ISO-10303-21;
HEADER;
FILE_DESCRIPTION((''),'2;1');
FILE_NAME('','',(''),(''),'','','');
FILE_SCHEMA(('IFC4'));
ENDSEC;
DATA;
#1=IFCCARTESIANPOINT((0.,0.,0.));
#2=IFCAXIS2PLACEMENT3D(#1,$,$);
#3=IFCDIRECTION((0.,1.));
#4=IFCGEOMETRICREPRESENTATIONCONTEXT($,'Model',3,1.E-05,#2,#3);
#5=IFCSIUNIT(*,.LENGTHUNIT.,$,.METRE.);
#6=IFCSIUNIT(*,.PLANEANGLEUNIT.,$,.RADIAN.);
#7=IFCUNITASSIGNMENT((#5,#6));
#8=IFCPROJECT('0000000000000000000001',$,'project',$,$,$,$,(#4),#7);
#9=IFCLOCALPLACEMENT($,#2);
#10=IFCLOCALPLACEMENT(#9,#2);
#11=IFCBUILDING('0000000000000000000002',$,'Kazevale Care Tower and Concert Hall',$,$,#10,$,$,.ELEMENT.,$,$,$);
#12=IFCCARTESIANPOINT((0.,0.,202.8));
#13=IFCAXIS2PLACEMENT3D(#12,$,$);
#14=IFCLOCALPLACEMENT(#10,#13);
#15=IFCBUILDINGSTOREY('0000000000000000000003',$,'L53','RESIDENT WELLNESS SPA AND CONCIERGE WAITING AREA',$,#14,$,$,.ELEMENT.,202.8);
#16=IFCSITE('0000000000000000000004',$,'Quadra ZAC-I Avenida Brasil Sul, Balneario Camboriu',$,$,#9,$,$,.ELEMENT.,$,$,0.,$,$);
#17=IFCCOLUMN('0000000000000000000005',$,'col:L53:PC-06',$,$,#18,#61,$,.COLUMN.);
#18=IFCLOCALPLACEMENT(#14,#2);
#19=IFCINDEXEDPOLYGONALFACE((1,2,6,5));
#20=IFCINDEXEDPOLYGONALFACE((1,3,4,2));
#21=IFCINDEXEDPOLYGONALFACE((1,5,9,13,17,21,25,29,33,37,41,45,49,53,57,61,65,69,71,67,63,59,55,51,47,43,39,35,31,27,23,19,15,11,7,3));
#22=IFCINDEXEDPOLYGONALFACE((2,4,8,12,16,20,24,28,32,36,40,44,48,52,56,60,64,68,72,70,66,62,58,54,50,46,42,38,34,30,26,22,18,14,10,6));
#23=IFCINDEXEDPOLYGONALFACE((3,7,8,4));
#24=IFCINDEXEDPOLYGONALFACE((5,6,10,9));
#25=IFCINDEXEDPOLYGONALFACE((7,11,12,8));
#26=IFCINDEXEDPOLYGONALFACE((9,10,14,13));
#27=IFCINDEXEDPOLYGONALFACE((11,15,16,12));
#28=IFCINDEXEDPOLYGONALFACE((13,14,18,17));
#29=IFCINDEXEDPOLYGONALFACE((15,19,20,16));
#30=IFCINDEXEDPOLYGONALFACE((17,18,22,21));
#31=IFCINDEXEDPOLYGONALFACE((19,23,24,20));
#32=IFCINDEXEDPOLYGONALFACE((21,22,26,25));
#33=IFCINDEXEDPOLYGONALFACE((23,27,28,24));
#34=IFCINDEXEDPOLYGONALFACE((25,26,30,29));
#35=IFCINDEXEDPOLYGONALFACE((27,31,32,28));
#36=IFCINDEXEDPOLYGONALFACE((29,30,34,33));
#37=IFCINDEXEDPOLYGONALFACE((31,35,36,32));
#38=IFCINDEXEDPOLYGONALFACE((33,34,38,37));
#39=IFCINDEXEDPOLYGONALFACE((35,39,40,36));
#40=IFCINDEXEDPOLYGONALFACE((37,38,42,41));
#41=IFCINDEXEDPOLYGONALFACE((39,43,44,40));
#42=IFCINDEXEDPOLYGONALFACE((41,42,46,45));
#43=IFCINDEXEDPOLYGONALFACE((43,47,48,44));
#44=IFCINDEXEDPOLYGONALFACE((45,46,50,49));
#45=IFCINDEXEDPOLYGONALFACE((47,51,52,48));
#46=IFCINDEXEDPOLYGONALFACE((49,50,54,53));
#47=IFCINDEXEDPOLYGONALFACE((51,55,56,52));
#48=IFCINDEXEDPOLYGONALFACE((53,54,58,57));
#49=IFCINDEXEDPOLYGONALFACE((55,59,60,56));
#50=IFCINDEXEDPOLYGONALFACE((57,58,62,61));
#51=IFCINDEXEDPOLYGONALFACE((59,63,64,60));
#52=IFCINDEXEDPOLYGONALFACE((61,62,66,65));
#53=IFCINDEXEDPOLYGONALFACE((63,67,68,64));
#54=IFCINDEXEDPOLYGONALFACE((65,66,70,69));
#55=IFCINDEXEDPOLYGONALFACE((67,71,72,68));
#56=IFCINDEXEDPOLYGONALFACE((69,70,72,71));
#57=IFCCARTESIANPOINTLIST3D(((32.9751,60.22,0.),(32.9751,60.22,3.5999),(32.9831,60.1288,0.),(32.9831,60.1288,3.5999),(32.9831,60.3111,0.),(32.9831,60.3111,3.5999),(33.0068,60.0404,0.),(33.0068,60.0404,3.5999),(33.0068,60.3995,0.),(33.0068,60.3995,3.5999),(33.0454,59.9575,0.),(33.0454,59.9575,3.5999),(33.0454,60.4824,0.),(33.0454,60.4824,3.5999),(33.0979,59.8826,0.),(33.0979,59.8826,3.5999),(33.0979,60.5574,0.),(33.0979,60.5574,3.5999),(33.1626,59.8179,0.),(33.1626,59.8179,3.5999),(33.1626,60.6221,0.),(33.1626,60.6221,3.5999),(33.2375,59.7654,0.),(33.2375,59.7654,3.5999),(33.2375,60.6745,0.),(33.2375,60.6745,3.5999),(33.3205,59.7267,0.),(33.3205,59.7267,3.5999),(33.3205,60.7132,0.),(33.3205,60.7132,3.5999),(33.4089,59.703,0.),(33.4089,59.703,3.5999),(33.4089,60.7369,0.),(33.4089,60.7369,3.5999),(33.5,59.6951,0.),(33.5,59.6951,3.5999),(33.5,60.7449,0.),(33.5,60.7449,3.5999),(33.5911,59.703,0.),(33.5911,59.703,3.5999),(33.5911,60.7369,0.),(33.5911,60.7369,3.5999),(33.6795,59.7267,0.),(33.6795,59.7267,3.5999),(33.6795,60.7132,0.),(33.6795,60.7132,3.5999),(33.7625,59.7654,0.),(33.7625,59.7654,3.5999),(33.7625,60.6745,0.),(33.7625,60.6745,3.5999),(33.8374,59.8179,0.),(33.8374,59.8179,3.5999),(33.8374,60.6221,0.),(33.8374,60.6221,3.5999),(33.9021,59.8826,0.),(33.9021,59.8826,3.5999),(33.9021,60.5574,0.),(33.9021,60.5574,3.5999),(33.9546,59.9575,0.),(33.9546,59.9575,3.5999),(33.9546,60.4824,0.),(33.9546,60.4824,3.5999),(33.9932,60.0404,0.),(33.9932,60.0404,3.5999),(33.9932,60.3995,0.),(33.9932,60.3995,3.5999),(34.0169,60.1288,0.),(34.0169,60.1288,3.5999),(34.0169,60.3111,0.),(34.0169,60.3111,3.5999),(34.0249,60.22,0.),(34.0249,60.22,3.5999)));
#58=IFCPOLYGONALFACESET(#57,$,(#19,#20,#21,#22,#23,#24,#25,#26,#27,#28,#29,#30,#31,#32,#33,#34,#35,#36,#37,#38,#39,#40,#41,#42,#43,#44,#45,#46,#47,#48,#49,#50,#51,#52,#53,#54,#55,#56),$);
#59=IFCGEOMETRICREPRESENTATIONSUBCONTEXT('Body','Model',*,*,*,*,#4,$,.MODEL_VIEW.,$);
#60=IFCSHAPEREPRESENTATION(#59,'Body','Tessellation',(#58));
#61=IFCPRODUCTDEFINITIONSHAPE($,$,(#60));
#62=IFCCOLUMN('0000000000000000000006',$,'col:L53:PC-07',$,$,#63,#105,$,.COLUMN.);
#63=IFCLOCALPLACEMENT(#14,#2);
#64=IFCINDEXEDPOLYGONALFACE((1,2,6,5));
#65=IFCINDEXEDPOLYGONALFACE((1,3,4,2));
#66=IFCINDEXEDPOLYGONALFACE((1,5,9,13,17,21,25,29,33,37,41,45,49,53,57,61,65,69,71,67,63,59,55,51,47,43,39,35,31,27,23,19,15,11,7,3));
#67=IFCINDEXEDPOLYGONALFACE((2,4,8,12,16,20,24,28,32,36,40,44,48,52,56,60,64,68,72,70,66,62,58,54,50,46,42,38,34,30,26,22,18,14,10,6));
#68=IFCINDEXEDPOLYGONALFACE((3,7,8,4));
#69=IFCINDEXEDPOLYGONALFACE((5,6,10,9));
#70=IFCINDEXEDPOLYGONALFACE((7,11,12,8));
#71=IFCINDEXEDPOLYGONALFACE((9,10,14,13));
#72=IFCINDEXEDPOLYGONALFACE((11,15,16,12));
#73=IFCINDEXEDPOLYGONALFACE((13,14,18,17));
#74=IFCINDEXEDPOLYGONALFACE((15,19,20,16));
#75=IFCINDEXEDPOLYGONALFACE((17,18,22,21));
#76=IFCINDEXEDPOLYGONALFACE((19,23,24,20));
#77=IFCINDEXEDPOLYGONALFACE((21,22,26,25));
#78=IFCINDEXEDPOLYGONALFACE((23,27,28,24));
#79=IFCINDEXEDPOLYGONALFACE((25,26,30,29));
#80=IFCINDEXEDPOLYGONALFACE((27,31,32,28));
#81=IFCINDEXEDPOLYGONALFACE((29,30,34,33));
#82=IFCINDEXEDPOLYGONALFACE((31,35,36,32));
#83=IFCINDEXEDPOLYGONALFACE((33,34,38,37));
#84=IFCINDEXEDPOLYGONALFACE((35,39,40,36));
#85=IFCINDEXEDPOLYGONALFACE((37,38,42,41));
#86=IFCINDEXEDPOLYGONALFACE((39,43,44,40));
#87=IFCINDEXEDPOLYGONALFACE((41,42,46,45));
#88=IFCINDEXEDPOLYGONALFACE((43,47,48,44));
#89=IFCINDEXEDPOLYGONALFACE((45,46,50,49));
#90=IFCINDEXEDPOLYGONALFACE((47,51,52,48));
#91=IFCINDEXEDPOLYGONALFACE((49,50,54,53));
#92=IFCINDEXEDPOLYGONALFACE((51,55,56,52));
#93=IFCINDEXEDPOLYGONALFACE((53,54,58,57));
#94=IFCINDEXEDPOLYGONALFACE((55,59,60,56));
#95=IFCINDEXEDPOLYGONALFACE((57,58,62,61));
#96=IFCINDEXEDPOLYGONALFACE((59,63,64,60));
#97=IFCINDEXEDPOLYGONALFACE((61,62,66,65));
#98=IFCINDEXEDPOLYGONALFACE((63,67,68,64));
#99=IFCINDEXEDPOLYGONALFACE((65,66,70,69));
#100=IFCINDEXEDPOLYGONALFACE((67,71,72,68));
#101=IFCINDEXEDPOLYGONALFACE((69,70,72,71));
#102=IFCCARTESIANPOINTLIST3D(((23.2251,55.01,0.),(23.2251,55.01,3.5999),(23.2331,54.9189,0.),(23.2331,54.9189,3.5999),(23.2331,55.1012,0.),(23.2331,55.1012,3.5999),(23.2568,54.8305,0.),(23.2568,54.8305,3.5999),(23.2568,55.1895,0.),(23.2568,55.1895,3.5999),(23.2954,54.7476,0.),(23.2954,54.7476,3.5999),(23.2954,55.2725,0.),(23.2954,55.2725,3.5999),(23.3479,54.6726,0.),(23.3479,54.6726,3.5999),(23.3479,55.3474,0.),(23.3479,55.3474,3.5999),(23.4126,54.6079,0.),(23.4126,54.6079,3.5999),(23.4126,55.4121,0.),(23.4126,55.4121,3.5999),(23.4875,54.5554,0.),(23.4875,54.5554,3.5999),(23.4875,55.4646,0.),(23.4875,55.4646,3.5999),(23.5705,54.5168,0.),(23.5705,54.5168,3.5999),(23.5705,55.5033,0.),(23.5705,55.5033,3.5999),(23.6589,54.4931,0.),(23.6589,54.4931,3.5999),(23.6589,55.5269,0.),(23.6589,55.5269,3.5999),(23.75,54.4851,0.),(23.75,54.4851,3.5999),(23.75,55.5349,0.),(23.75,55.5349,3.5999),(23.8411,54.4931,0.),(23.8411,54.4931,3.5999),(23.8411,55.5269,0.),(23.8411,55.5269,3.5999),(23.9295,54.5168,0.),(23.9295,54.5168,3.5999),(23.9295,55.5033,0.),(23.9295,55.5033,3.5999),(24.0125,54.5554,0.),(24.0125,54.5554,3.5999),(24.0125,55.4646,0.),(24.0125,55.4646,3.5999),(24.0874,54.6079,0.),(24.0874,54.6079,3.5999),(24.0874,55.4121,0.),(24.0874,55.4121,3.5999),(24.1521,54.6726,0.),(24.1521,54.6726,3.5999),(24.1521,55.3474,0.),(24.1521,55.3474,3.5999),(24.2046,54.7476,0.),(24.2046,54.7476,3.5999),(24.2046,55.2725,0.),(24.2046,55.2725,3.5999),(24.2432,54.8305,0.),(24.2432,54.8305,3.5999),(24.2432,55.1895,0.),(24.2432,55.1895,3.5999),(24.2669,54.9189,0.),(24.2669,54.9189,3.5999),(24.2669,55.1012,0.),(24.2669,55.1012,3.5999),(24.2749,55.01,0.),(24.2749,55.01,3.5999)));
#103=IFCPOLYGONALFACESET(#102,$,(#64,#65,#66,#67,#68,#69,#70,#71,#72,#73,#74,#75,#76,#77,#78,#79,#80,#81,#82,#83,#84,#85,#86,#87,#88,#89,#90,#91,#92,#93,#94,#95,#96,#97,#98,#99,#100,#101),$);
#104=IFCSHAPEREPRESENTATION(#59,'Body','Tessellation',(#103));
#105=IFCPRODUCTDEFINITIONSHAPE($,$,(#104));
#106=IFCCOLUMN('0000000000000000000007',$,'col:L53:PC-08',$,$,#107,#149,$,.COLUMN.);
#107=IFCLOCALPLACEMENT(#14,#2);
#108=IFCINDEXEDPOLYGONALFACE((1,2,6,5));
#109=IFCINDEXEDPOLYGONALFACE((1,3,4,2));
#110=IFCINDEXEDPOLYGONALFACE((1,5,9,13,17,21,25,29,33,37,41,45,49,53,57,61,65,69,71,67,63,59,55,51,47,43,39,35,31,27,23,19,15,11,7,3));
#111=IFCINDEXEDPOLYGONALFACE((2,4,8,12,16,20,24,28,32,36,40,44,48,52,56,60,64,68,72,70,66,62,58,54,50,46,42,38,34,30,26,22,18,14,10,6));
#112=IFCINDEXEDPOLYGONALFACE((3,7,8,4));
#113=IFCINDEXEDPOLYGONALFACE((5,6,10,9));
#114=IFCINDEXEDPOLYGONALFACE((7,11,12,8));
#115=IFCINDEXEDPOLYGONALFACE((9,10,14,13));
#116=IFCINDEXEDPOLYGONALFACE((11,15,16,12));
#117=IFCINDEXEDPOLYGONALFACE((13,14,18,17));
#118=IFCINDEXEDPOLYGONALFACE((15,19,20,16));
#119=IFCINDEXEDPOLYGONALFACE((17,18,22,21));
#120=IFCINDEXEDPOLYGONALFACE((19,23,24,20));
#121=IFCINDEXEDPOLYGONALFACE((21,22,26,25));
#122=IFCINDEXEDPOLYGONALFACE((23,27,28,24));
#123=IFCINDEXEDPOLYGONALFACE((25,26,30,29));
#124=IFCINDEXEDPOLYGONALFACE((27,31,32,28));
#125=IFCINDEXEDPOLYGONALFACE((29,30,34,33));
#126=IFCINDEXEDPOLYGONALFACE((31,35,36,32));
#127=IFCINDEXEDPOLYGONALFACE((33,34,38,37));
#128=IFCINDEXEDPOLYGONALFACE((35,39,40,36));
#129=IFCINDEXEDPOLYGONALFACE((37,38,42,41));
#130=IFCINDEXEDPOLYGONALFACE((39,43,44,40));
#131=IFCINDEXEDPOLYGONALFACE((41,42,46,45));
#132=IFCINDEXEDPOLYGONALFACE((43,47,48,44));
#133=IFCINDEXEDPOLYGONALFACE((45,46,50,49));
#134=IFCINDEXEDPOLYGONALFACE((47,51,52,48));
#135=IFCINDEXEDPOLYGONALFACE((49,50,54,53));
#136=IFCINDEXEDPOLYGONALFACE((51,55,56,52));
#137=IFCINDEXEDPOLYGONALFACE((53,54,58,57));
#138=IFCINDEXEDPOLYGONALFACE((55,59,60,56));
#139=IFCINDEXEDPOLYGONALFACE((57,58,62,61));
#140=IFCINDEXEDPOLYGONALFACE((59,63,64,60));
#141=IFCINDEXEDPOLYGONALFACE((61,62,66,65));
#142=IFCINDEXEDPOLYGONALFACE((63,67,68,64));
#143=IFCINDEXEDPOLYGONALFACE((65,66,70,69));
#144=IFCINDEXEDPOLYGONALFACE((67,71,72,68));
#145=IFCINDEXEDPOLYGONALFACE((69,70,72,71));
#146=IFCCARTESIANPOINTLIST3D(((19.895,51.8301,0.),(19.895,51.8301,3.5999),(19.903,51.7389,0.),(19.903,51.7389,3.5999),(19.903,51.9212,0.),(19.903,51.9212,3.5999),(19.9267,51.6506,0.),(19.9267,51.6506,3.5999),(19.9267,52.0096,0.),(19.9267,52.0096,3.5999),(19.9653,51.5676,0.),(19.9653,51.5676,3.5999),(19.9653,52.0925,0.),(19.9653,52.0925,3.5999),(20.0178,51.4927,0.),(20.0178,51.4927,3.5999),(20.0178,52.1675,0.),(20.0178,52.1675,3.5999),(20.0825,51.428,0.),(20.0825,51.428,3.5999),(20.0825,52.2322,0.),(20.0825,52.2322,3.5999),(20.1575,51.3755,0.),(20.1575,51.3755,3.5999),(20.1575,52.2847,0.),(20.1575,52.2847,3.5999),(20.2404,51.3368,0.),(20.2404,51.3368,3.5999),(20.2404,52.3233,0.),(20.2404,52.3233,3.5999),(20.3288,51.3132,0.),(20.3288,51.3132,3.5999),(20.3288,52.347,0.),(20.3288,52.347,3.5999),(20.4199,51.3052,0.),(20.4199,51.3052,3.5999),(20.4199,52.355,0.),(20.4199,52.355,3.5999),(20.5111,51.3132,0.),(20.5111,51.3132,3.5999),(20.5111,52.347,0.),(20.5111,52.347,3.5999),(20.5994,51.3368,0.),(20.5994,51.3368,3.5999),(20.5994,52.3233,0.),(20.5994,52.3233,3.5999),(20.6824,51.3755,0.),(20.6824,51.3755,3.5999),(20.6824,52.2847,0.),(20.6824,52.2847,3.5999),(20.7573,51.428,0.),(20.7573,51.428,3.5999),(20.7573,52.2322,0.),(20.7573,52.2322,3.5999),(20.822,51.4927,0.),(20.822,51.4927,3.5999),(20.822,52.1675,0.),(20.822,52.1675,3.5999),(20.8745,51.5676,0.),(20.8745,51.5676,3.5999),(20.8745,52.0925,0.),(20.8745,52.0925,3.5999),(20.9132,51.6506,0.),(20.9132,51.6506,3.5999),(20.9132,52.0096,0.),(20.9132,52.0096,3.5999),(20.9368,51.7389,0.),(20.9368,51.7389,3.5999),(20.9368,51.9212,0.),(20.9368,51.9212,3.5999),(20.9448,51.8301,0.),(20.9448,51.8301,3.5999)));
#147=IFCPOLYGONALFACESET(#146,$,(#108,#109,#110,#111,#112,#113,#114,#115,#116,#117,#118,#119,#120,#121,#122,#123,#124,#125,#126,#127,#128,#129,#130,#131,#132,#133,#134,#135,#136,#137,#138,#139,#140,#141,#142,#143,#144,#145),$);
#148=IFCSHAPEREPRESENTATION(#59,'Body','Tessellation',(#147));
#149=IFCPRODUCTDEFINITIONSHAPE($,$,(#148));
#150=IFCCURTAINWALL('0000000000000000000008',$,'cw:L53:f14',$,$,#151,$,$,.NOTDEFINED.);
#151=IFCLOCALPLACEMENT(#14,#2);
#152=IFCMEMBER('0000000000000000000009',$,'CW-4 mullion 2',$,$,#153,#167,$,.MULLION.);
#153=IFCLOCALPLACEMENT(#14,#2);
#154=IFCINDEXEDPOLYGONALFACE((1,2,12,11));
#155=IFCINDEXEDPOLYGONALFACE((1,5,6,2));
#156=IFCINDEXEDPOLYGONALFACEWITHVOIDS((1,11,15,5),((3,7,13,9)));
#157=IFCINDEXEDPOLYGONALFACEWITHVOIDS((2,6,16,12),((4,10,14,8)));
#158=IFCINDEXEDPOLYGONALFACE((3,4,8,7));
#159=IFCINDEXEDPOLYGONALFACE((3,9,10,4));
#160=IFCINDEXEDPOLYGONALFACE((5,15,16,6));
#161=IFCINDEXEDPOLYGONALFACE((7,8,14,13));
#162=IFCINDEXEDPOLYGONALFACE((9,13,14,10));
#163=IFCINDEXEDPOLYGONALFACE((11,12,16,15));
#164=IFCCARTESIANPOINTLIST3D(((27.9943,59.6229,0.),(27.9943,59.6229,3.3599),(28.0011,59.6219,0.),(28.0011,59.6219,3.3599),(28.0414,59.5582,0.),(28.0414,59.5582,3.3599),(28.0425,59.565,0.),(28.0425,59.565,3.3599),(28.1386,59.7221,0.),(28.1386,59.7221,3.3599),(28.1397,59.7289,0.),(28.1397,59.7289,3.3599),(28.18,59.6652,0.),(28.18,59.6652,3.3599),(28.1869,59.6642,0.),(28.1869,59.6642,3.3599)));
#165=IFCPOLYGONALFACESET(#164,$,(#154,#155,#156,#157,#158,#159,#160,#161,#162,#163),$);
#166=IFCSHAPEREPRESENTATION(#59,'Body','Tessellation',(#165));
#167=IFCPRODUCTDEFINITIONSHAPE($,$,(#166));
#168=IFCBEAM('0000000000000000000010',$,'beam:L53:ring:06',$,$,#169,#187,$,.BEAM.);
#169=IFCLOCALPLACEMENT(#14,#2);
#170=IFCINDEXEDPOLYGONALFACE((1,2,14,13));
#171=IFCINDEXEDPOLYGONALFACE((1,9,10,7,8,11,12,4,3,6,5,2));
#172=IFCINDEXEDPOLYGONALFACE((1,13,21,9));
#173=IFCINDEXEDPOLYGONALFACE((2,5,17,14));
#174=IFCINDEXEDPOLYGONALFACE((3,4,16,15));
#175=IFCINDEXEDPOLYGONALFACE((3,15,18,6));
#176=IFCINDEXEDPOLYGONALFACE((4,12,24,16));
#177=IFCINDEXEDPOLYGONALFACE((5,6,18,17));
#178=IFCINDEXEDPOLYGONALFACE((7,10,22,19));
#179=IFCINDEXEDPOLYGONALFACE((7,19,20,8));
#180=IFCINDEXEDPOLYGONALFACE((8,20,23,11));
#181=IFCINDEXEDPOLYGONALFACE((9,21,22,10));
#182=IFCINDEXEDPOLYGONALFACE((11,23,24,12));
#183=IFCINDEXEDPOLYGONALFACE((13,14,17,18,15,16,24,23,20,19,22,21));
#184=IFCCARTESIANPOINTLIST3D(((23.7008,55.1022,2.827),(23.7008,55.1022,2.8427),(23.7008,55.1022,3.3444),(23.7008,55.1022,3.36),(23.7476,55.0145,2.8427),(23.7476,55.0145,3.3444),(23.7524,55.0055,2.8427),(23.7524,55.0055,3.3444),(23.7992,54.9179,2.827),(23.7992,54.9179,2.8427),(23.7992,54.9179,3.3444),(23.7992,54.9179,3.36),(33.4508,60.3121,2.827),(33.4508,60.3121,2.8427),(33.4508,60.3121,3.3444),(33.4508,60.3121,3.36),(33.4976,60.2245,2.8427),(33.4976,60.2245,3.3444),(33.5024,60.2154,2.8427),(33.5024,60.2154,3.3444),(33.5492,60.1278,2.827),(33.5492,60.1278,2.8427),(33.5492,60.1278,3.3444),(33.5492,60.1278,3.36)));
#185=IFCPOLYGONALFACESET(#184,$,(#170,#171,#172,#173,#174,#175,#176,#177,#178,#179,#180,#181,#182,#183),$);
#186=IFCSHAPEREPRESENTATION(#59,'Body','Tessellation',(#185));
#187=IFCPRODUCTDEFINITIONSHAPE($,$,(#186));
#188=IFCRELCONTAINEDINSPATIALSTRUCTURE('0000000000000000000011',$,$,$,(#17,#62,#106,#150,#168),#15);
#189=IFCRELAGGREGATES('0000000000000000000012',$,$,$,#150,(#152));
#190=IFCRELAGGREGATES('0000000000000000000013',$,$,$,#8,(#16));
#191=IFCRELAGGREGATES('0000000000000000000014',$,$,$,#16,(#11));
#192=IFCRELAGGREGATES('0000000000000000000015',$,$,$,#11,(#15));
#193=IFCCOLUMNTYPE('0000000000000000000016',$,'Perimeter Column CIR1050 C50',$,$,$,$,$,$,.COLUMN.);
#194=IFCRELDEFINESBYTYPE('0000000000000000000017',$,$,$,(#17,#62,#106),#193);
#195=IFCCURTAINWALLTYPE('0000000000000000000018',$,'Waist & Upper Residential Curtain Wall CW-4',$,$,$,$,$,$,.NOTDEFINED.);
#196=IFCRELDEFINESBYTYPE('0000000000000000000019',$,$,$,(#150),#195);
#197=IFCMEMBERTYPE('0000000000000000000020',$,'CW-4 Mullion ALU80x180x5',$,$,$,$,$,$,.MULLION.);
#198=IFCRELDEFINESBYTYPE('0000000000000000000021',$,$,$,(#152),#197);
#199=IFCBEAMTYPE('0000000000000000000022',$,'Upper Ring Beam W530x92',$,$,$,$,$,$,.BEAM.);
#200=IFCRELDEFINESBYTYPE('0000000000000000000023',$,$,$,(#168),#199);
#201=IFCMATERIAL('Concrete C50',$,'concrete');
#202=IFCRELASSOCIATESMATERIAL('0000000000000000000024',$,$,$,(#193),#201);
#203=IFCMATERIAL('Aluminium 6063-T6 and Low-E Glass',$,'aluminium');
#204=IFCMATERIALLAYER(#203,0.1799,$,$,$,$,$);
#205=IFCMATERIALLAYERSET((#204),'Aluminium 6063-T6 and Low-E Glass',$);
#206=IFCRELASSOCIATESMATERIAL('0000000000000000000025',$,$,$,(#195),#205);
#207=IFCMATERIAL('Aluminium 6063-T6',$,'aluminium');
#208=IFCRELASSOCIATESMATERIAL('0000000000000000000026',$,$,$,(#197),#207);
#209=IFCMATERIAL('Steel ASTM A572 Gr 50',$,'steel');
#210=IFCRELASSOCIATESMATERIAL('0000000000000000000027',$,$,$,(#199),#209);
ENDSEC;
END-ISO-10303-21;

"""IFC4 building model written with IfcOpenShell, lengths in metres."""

from ifc_helpers import new_model, si_unit, direction, frame, origin, origin_2d, place, context, subcontext, project, spatial, hollow_rectangle, circle, i_section, extrude, material, layer, layer_set, material_profile, profile_set, type_object, element, aggregate, save


model = new_model("IFC4")

# Units and contexts
model_context = context("Model", 3, precision=1e-05, world=origin(), true_north=direction((0.0, 1.0)))
body_context = subcontext(model_context, "Body", "Model", "MODEL_VIEW")
ifc_project = project(units=[si_unit("LENGTHUNIT", "METRE"), si_unit("PLANEANGLEUNIT", "RADIAN")], contexts=[model_context])

# Site, building, storey
site_placement = place(None, origin())
site = spatial("IfcSite", under=ifc_project, at=site_placement, Name="Quadra ZAC-I Avenida Brasil Sul, Balneario Camboriu", CompositionType="ELEMENT", RefElevation=0.0)
building_placement = place(site_placement, origin())
building = spatial("IfcBuilding", under=site, at=building_placement, Name="Kazevale Care Tower and Concert Hall", CompositionType="ELEMENT")
storey_placement = place(building_placement, frame((0.0, 0.0, 202.8)))
storey = spatial("IfcBuildingStorey", under=building, at=storey_placement, Name="L53", Description="RESIDENT WELLNESS SPA AND CONCIERGE WAITING AREA", CompositionType="ELEMENT", Elevation=202.8)

# Columns
ifc_material_1 = material(Name="Concrete C50", Category="concrete")
ifc_material_profile_1 = material_profile(ifc_material_1, circle(Radius=0.5249, at=origin_2d()), Name="RC-CIR1050")
ifc_profile_set_1 = profile_set([ifc_material_profile_1], Name="Concrete C50")
column_type = type_object("IfcColumnType", Name="Perimeter Column CIR1050 C50", PredefinedType="COLUMN", material=ifc_profile_set_1)
for number, where, z_axis, x_axis, name in (
    (1, (33.5, 60.22, 0.0), (0.0, 0.0, 1.0), (1.0, 0.0, 0.0), "col:L53:PC-06"),
    (2, (23.75, 55.01, 0.0), (0.0, 0.0, 1.0), (1.0, 0.0, 0.0), "col:L53:PC-07"),
    (3, (20.4199, 51.8301, 0.0), (0.0, 0.0, 1.0), (1.0, 0.0, 0.0), "col:L53:PC-08"),
):
    element("IfcColumn", number, at=place(storey_placement, frame(where, z_axis=z_axis, x_axis=x_axis)), inside=storey, type_object=column_type, Name=name, PredefinedType="COLUMN", context=body_context, shape_type="SweptSolid", body=[
        extrude(circle(Radius=0.5249, at=origin_2d()), origin(), (0.0, 0.0, 1.0), 3.5999),
    ])

# Curtain wall, member
ifc_material_2 = material(Name="Aluminium 6063-T6 and Low-E Glass", Category="aluminium")
ifc_layer_1 = layer(ifc_material_2, 0.1799)
ifc_layer_set_1 = layer_set([ifc_layer_1], Name="Aluminium 6063-T6 and Low-E Glass")
curtain_wall_type = type_object("IfcCurtainWallType", Name="Waist & Upper Residential Curtain Wall CW-4", PredefinedType="NOTDEFINED", material=ifc_layer_set_1)
curtain_wall_placement = place(storey_placement, origin())
curtain_wall = element("IfcCurtainWall", 4, at=curtain_wall_placement, inside=storey, type_object=curtain_wall_type, Name="cw:L53:f14", PredefinedType="NOTDEFINED")
ifc_material_3 = material(Name="Aluminium 6063-T6", Category="aluminium")
ifc_material_profile_2 = material_profile(ifc_material_3, hollow_rectangle(XDim=0.0801, YDim=0.1799, WallThickness=0.0049, at=origin_2d()), Name="ALU80x180x5")
ifc_profile_set_2 = profile_set([ifc_material_profile_2], Name="Aluminium 6063-T6")
member_type = type_object("IfcMemberType", Name="CW-4 Mullion ALU80x180x5", PredefinedType="MULLION", material=ifc_profile_set_2)
member_placement = place(storey_placement, frame((28.0906, 59.6436, 0.0), z_axis=(0.0, 0.0, 1.0), x_axis=(-0.58891, 0.808198, 0.0)))
member = element("IfcMember", 5, at=member_placement, type_object=member_type, Name="CW-4 mullion 2", PredefinedType="MULLION", context=body_context, shape_type="SweptSolid", body=[
    extrude(hollow_rectangle(XDim=0.0801, YDim=0.1799, WallThickness=0.0049, at=origin_2d()), origin(), (0.0, 0.0, 1.0), 3.3599),
])

# Beam
ifc_material_4 = material(Name="Steel ASTM A572 Gr 50", Category="steel")
ifc_material_profile_3 = material_profile(ifc_material_4, i_section(OverallWidth=0.209, OverallDepth=0.533, WebThickness=0.0103, FlangeThickness=0.0156, at=origin_2d()), Name="W530x92")
ifc_profile_set_3 = profile_set([ifc_material_profile_3], Name="Steel ASTM A572 Gr 50")
beam_type = type_object("IfcBeamType", Name="Upper Ring Beam W530x92", PredefinedType="BEAM", material=ifc_profile_set_3)
beam_1_placement = place(storey_placement, frame((33.5, 60.22, 3.0935), z_axis=(-0.881979, -0.47129, 0.0), x_axis=(0.47129, -0.881979, 0.0)))
element("IfcBeam", 6, at=beam_1_placement, inside=storey, type_object=beam_type, Name="beam:L53:ring:06", PredefinedType="BEAM", context=body_context, shape_type="SweptSolid", body=[
    extrude(i_section(OverallWidth=0.209, OverallDepth=0.533, WebThickness=0.0103, FlangeThickness=0.0156, at=origin_2d()), origin(), (0.0, 0.0, 1.0), 11.0547),
])

aggregate(curtain_wall, [member])

save(model, "model.ifc")
